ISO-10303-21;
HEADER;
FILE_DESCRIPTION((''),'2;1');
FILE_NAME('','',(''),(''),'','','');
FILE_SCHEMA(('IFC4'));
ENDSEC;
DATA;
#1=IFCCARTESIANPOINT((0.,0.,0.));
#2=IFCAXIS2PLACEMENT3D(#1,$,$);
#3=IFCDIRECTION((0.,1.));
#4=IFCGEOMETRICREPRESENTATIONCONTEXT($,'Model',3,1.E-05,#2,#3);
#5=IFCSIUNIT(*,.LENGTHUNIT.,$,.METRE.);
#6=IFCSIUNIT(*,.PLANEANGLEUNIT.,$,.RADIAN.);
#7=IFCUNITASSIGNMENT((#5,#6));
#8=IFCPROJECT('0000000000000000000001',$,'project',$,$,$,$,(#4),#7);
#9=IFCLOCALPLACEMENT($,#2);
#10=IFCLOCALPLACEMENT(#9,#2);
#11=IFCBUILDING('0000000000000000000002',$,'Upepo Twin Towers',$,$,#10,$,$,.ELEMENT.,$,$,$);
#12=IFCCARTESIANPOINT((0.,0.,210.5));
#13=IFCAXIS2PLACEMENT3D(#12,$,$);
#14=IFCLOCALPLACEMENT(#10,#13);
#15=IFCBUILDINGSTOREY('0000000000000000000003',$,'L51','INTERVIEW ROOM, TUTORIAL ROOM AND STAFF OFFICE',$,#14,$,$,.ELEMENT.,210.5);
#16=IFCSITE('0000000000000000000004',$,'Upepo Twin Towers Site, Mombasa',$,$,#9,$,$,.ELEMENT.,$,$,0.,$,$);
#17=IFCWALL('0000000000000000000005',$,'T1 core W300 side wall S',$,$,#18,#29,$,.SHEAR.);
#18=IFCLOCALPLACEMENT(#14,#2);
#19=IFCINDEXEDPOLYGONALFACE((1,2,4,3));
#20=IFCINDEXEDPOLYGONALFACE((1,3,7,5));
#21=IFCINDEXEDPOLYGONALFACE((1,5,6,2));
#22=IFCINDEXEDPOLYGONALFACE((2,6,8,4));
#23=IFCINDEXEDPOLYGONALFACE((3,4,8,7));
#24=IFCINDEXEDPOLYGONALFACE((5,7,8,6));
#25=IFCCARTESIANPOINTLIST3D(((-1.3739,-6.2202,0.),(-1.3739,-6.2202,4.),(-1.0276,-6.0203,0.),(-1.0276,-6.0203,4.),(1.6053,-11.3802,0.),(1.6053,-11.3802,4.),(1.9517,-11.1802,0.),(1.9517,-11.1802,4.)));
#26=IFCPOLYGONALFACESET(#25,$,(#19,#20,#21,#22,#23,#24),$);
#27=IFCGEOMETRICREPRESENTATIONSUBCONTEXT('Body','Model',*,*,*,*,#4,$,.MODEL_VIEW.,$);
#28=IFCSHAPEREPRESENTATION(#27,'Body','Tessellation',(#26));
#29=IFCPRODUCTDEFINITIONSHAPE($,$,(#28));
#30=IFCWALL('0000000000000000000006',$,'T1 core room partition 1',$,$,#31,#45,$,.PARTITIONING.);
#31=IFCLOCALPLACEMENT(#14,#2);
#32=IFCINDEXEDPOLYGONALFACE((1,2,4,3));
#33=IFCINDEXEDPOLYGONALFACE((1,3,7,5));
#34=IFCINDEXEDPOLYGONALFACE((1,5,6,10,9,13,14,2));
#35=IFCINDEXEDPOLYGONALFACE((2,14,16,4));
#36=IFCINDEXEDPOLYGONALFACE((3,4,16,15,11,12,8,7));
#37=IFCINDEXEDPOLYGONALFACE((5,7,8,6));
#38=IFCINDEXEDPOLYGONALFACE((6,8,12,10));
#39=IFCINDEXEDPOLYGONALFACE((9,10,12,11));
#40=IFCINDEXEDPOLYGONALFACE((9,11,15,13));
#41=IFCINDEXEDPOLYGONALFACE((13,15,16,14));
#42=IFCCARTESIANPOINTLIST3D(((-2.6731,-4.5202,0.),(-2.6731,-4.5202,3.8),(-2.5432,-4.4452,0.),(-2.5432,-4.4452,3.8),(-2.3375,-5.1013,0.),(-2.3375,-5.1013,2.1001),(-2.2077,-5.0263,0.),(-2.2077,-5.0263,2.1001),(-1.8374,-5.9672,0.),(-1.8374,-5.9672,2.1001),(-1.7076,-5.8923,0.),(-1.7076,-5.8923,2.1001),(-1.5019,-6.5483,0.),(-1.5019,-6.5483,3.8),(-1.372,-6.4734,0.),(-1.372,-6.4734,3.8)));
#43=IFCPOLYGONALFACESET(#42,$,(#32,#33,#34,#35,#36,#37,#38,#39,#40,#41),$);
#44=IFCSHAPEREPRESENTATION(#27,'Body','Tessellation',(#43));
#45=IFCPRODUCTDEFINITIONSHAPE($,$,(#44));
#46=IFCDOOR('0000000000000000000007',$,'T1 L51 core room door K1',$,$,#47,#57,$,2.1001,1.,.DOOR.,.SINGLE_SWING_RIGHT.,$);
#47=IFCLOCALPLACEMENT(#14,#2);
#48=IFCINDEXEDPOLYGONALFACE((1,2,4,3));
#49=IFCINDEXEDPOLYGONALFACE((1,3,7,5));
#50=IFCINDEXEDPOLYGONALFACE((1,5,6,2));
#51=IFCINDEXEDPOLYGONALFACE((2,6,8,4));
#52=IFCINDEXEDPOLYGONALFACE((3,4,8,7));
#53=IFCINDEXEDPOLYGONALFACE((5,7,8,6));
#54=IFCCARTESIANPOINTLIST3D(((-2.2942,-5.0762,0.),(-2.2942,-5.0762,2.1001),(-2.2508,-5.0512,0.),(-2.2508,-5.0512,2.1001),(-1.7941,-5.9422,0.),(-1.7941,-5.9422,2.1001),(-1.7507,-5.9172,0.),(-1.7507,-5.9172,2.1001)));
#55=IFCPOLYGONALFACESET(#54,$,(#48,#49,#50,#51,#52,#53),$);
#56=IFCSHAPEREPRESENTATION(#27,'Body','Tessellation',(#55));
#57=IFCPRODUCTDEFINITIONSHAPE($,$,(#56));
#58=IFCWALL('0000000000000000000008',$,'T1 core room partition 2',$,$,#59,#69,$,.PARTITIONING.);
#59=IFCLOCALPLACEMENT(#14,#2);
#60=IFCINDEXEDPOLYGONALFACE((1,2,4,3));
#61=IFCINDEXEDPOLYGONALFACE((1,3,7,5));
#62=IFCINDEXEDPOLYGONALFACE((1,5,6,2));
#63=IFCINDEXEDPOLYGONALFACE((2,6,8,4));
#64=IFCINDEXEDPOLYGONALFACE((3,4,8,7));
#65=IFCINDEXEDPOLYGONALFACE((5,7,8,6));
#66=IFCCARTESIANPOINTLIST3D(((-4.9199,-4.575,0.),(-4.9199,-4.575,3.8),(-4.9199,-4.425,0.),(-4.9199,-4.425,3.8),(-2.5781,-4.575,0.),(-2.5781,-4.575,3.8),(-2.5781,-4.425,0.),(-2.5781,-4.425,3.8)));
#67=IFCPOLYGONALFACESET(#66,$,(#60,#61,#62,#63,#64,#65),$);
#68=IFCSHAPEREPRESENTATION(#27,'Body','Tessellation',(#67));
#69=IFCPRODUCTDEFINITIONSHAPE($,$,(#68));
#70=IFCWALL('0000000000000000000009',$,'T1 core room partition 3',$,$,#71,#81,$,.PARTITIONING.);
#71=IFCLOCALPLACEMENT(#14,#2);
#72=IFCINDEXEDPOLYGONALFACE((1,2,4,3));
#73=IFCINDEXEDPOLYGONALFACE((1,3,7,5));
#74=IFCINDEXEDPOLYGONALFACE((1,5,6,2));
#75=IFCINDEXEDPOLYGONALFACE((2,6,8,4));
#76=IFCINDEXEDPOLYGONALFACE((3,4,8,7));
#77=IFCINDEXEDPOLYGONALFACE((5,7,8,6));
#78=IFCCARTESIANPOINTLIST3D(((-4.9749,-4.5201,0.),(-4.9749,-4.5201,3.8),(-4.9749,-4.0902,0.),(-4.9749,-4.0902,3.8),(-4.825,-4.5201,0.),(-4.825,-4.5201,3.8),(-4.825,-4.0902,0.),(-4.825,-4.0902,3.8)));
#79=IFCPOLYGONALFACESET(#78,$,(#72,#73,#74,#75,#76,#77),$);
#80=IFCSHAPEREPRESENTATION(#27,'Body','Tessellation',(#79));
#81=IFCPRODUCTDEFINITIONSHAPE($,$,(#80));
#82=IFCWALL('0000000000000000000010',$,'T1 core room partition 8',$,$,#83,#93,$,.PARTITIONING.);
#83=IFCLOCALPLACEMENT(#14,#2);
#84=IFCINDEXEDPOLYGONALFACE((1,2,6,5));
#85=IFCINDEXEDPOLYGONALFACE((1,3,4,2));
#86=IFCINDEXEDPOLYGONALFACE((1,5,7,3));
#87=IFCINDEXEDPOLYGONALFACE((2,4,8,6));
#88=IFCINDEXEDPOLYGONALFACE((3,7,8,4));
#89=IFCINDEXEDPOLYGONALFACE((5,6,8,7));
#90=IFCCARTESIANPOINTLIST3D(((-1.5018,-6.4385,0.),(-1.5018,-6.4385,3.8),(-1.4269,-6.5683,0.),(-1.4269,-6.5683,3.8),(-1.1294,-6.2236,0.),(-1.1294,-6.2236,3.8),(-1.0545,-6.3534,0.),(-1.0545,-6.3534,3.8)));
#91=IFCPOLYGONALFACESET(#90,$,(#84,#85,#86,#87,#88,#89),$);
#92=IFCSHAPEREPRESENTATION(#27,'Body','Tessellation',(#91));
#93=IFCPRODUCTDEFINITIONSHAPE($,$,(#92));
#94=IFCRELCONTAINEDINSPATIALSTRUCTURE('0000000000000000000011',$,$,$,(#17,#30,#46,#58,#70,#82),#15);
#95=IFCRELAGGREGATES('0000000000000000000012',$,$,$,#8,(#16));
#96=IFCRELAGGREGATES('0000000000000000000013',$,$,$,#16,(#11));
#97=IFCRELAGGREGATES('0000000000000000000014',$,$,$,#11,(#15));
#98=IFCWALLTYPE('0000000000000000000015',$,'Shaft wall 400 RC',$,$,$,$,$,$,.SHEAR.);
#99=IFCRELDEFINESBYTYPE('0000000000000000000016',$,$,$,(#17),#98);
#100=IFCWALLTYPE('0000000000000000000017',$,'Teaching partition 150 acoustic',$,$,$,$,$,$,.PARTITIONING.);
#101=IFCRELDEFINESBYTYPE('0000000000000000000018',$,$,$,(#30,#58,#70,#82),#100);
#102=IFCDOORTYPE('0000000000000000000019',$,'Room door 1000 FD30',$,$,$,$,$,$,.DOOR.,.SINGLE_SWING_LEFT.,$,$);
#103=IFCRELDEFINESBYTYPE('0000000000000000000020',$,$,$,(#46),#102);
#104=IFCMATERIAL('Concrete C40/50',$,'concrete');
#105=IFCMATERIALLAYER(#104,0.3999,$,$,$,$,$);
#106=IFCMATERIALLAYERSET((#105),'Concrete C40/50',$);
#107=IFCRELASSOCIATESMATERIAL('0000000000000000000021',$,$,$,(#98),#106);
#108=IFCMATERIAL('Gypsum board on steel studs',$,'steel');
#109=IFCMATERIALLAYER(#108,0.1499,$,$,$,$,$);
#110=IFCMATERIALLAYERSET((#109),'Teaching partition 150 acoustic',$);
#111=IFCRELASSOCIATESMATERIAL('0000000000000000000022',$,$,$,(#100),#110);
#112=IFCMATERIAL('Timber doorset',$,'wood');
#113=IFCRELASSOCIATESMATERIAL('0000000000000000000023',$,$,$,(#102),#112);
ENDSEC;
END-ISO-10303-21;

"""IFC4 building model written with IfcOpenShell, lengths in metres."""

from ifc_helpers import new_model, si_unit, direction, frame, frame_2d, origin, place, context, subcontext, project, spatial, rectangle, extrude, material, layer, layer_set, type_object, element, fill, save


model = new_model("IFC4")

# Units and contexts
model_context = context("Model", 3, precision=1e-05, world=origin(), true_north=direction((0.0, 1.0)))
body_context = subcontext(model_context, "Body", "Model", "MODEL_VIEW")
ifc_project = project(units=[si_unit("LENGTHUNIT", "METRE"), si_unit("PLANEANGLEUNIT", "RADIAN")], contexts=[model_context])

# Site, building, storey
site_placement = place(None, origin())
site = spatial("IfcSite", under=ifc_project, at=site_placement, Name="Upepo Twin Towers Site, Mombasa", CompositionType="ELEMENT", RefElevation=0.0)
building_placement = place(site_placement, origin())
building = spatial("IfcBuilding", under=site, at=building_placement, Name="Upepo Twin Towers", CompositionType="ELEMENT")
storey_placement = place(building_placement, frame((0.0, 0.0, 210.5)))
storey = spatial("IfcBuildingStorey", under=building, at=storey_placement, Name="L51", Description="INTERVIEW ROOM, TUTORIAL ROOM AND STAFF OFFICE", CompositionType="ELEMENT", Elevation=210.5)

# Wall
ifc_material_1 = material(Name="Concrete C40/50", Category="concrete")
ifc_layer_1 = layer(ifc_material_1, 0.3999)
ifc_layer_set_1 = layer_set([ifc_layer_1], Name="Concrete C40/50")
wall_type_1 = type_object("IfcWallType", Name="Shaft wall 400 RC", PredefinedType="SHEAR", material=ifc_layer_set_1)
wall_1_placement = place(storey_placement, frame((-1.2007, -6.1204, 0.0), z_axis=(0.0, 0.0, 1.0), x_axis=(0.500022, -0.866013, 0.0)))
element("IfcWall", 1, at=wall_1_placement, inside=storey, type_object=wall_type_1, Name="T1 core W300 side wall S", PredefinedType="SHEAR", context=body_context, shape_type="SweptSolid", body=[
    extrude(rectangle(XDim=5.9583, YDim=0.3999, at=frame_2d((2.979, 0.0))), origin(), (0.0, 0.0, 1.0), 4.0),
])

# Wall, opening, door
ifc_material_2 = material(Name="Gypsum board on steel studs", Category="steel")
ifc_layer_2 = layer(ifc_material_2, 0.1499)
ifc_layer_set_2 = layer_set([ifc_layer_2], Name="Teaching partition 150 acoustic")
wall_type_2 = type_object("IfcWallType", Name="Teaching partition 150 acoustic", PredefinedType="PARTITIONING", material=ifc_layer_set_2)
wall_2_placement = place(storey_placement, frame((-1.437, -6.5107, 0.0), z_axis=(0.0, 0.0, 1.0), x_axis=(-0.500074, 0.865982, 0.0)))
wall_2 = element("IfcWall", 2, at=wall_2_placement, inside=storey, type_object=wall_type_2, Name="T1 core room partition 1", PredefinedType="PARTITIONING", context=body_context, shape_type="SweptSolid", body=[
    extrude(rectangle(XDim=2.342, YDim=0.1499, at=frame_2d((1.1709, 0.0))), origin(), (0.0, 0.0, 1.0), 3.8),
])
opening_1_placement = place(wall_2_placement, frame((0.6709, 0.0, 0.0)))
opening_1 = element("IfcOpeningElement", 3, at=opening_1_placement, cuts=wall_2, PredefinedType="OPENING", context=body_context, shape_type="SweptSolid", body=[
    extrude(rectangle(XDim=1.0, YDim=2.1001, at=frame_2d((0.5, 1.05))), frame((0.0, 0.085, 0.0), z_axis=(0.0, -1.0, 0.0), x_axis=(1.0, 0.0, 0.0)), (0.0, 0.0, 1.0), 0.1699),
])
ifc_material_3 = material(Name="Timber doorset", Category="wood")
door_type_1 = type_object("IfcDoorType", Name="Room door 1000 FD30", OperationType="SINGLE_SWING_LEFT", PredefinedType="DOOR", material=ifc_material_3)
door_1_placement = place(opening_1_placement, origin())
door_1 = element("IfcDoor", 4, at=door_1_placement, inside=storey, type_object=door_type_1, Name="T1 L51 core room door K1", OperationType="SINGLE_SWING_RIGHT", OverallHeight=2.1001, OverallWidth=1.0, PredefinedType="DOOR", context=body_context, shape_type="SweptSolid", body=[
    extrude(rectangle(XDim=1.0, YDim=2.1001, at=frame_2d((0.5, 1.05))), frame((0.0, 0.0249, 0.0), z_axis=(0.0, -1.0, 0.0), x_axis=(1.0, 0.0, 0.0)), (0.0, 0.0, 1.0), 0.05),
])
fill(opening_1, door_1)

# Walls
wall_3_placement = place(storey_placement, frame((-2.5781, -4.5, 0.0), z_axis=(0.0, 0.0, 1.0), x_axis=(-1.0, 0.0, 0.0)))
element("IfcWall", 5, at=wall_3_placement, inside=storey, type_object=wall_type_2, Name="T1 core room partition 2", PredefinedType="PARTITIONING", context=body_context, shape_type="SweptSolid", body=[
    extrude(rectangle(XDim=2.3418, YDim=0.1499, at=frame_2d((1.1709, 0.0))), origin(), (0.0, 0.0, 1.0), 3.8),
])
for number, where, z_axis, x_axis, name in (
    (6, (-4.8999, -4.52, 0.0), (0.0, 0.0, 1.0), (0.0, 1.0, 0.0), "T1 core room partition 3"),
    (7, (-1.092, -6.2886, 0.0), (0.0, 0.0, 1.0), (-0.866138, -0.499804, 0.0), "T1 core room partition 8"),
):
    element("IfcWall", number, at=place(storey_placement, frame(where, z_axis=z_axis, x_axis=x_axis)), inside=storey, type_object=wall_type_2, Name=name, PredefinedType="PARTITIONING", context=body_context, shape_type="SweptSolid", body=[
        extrude(rectangle(XDim=0.4299, YDim=0.1499, at=frame_2d((0.2148, 0.0))), origin(), (0.0, 0.0, 1.0), 3.8),
    ])

save(model, "model.ifc")
